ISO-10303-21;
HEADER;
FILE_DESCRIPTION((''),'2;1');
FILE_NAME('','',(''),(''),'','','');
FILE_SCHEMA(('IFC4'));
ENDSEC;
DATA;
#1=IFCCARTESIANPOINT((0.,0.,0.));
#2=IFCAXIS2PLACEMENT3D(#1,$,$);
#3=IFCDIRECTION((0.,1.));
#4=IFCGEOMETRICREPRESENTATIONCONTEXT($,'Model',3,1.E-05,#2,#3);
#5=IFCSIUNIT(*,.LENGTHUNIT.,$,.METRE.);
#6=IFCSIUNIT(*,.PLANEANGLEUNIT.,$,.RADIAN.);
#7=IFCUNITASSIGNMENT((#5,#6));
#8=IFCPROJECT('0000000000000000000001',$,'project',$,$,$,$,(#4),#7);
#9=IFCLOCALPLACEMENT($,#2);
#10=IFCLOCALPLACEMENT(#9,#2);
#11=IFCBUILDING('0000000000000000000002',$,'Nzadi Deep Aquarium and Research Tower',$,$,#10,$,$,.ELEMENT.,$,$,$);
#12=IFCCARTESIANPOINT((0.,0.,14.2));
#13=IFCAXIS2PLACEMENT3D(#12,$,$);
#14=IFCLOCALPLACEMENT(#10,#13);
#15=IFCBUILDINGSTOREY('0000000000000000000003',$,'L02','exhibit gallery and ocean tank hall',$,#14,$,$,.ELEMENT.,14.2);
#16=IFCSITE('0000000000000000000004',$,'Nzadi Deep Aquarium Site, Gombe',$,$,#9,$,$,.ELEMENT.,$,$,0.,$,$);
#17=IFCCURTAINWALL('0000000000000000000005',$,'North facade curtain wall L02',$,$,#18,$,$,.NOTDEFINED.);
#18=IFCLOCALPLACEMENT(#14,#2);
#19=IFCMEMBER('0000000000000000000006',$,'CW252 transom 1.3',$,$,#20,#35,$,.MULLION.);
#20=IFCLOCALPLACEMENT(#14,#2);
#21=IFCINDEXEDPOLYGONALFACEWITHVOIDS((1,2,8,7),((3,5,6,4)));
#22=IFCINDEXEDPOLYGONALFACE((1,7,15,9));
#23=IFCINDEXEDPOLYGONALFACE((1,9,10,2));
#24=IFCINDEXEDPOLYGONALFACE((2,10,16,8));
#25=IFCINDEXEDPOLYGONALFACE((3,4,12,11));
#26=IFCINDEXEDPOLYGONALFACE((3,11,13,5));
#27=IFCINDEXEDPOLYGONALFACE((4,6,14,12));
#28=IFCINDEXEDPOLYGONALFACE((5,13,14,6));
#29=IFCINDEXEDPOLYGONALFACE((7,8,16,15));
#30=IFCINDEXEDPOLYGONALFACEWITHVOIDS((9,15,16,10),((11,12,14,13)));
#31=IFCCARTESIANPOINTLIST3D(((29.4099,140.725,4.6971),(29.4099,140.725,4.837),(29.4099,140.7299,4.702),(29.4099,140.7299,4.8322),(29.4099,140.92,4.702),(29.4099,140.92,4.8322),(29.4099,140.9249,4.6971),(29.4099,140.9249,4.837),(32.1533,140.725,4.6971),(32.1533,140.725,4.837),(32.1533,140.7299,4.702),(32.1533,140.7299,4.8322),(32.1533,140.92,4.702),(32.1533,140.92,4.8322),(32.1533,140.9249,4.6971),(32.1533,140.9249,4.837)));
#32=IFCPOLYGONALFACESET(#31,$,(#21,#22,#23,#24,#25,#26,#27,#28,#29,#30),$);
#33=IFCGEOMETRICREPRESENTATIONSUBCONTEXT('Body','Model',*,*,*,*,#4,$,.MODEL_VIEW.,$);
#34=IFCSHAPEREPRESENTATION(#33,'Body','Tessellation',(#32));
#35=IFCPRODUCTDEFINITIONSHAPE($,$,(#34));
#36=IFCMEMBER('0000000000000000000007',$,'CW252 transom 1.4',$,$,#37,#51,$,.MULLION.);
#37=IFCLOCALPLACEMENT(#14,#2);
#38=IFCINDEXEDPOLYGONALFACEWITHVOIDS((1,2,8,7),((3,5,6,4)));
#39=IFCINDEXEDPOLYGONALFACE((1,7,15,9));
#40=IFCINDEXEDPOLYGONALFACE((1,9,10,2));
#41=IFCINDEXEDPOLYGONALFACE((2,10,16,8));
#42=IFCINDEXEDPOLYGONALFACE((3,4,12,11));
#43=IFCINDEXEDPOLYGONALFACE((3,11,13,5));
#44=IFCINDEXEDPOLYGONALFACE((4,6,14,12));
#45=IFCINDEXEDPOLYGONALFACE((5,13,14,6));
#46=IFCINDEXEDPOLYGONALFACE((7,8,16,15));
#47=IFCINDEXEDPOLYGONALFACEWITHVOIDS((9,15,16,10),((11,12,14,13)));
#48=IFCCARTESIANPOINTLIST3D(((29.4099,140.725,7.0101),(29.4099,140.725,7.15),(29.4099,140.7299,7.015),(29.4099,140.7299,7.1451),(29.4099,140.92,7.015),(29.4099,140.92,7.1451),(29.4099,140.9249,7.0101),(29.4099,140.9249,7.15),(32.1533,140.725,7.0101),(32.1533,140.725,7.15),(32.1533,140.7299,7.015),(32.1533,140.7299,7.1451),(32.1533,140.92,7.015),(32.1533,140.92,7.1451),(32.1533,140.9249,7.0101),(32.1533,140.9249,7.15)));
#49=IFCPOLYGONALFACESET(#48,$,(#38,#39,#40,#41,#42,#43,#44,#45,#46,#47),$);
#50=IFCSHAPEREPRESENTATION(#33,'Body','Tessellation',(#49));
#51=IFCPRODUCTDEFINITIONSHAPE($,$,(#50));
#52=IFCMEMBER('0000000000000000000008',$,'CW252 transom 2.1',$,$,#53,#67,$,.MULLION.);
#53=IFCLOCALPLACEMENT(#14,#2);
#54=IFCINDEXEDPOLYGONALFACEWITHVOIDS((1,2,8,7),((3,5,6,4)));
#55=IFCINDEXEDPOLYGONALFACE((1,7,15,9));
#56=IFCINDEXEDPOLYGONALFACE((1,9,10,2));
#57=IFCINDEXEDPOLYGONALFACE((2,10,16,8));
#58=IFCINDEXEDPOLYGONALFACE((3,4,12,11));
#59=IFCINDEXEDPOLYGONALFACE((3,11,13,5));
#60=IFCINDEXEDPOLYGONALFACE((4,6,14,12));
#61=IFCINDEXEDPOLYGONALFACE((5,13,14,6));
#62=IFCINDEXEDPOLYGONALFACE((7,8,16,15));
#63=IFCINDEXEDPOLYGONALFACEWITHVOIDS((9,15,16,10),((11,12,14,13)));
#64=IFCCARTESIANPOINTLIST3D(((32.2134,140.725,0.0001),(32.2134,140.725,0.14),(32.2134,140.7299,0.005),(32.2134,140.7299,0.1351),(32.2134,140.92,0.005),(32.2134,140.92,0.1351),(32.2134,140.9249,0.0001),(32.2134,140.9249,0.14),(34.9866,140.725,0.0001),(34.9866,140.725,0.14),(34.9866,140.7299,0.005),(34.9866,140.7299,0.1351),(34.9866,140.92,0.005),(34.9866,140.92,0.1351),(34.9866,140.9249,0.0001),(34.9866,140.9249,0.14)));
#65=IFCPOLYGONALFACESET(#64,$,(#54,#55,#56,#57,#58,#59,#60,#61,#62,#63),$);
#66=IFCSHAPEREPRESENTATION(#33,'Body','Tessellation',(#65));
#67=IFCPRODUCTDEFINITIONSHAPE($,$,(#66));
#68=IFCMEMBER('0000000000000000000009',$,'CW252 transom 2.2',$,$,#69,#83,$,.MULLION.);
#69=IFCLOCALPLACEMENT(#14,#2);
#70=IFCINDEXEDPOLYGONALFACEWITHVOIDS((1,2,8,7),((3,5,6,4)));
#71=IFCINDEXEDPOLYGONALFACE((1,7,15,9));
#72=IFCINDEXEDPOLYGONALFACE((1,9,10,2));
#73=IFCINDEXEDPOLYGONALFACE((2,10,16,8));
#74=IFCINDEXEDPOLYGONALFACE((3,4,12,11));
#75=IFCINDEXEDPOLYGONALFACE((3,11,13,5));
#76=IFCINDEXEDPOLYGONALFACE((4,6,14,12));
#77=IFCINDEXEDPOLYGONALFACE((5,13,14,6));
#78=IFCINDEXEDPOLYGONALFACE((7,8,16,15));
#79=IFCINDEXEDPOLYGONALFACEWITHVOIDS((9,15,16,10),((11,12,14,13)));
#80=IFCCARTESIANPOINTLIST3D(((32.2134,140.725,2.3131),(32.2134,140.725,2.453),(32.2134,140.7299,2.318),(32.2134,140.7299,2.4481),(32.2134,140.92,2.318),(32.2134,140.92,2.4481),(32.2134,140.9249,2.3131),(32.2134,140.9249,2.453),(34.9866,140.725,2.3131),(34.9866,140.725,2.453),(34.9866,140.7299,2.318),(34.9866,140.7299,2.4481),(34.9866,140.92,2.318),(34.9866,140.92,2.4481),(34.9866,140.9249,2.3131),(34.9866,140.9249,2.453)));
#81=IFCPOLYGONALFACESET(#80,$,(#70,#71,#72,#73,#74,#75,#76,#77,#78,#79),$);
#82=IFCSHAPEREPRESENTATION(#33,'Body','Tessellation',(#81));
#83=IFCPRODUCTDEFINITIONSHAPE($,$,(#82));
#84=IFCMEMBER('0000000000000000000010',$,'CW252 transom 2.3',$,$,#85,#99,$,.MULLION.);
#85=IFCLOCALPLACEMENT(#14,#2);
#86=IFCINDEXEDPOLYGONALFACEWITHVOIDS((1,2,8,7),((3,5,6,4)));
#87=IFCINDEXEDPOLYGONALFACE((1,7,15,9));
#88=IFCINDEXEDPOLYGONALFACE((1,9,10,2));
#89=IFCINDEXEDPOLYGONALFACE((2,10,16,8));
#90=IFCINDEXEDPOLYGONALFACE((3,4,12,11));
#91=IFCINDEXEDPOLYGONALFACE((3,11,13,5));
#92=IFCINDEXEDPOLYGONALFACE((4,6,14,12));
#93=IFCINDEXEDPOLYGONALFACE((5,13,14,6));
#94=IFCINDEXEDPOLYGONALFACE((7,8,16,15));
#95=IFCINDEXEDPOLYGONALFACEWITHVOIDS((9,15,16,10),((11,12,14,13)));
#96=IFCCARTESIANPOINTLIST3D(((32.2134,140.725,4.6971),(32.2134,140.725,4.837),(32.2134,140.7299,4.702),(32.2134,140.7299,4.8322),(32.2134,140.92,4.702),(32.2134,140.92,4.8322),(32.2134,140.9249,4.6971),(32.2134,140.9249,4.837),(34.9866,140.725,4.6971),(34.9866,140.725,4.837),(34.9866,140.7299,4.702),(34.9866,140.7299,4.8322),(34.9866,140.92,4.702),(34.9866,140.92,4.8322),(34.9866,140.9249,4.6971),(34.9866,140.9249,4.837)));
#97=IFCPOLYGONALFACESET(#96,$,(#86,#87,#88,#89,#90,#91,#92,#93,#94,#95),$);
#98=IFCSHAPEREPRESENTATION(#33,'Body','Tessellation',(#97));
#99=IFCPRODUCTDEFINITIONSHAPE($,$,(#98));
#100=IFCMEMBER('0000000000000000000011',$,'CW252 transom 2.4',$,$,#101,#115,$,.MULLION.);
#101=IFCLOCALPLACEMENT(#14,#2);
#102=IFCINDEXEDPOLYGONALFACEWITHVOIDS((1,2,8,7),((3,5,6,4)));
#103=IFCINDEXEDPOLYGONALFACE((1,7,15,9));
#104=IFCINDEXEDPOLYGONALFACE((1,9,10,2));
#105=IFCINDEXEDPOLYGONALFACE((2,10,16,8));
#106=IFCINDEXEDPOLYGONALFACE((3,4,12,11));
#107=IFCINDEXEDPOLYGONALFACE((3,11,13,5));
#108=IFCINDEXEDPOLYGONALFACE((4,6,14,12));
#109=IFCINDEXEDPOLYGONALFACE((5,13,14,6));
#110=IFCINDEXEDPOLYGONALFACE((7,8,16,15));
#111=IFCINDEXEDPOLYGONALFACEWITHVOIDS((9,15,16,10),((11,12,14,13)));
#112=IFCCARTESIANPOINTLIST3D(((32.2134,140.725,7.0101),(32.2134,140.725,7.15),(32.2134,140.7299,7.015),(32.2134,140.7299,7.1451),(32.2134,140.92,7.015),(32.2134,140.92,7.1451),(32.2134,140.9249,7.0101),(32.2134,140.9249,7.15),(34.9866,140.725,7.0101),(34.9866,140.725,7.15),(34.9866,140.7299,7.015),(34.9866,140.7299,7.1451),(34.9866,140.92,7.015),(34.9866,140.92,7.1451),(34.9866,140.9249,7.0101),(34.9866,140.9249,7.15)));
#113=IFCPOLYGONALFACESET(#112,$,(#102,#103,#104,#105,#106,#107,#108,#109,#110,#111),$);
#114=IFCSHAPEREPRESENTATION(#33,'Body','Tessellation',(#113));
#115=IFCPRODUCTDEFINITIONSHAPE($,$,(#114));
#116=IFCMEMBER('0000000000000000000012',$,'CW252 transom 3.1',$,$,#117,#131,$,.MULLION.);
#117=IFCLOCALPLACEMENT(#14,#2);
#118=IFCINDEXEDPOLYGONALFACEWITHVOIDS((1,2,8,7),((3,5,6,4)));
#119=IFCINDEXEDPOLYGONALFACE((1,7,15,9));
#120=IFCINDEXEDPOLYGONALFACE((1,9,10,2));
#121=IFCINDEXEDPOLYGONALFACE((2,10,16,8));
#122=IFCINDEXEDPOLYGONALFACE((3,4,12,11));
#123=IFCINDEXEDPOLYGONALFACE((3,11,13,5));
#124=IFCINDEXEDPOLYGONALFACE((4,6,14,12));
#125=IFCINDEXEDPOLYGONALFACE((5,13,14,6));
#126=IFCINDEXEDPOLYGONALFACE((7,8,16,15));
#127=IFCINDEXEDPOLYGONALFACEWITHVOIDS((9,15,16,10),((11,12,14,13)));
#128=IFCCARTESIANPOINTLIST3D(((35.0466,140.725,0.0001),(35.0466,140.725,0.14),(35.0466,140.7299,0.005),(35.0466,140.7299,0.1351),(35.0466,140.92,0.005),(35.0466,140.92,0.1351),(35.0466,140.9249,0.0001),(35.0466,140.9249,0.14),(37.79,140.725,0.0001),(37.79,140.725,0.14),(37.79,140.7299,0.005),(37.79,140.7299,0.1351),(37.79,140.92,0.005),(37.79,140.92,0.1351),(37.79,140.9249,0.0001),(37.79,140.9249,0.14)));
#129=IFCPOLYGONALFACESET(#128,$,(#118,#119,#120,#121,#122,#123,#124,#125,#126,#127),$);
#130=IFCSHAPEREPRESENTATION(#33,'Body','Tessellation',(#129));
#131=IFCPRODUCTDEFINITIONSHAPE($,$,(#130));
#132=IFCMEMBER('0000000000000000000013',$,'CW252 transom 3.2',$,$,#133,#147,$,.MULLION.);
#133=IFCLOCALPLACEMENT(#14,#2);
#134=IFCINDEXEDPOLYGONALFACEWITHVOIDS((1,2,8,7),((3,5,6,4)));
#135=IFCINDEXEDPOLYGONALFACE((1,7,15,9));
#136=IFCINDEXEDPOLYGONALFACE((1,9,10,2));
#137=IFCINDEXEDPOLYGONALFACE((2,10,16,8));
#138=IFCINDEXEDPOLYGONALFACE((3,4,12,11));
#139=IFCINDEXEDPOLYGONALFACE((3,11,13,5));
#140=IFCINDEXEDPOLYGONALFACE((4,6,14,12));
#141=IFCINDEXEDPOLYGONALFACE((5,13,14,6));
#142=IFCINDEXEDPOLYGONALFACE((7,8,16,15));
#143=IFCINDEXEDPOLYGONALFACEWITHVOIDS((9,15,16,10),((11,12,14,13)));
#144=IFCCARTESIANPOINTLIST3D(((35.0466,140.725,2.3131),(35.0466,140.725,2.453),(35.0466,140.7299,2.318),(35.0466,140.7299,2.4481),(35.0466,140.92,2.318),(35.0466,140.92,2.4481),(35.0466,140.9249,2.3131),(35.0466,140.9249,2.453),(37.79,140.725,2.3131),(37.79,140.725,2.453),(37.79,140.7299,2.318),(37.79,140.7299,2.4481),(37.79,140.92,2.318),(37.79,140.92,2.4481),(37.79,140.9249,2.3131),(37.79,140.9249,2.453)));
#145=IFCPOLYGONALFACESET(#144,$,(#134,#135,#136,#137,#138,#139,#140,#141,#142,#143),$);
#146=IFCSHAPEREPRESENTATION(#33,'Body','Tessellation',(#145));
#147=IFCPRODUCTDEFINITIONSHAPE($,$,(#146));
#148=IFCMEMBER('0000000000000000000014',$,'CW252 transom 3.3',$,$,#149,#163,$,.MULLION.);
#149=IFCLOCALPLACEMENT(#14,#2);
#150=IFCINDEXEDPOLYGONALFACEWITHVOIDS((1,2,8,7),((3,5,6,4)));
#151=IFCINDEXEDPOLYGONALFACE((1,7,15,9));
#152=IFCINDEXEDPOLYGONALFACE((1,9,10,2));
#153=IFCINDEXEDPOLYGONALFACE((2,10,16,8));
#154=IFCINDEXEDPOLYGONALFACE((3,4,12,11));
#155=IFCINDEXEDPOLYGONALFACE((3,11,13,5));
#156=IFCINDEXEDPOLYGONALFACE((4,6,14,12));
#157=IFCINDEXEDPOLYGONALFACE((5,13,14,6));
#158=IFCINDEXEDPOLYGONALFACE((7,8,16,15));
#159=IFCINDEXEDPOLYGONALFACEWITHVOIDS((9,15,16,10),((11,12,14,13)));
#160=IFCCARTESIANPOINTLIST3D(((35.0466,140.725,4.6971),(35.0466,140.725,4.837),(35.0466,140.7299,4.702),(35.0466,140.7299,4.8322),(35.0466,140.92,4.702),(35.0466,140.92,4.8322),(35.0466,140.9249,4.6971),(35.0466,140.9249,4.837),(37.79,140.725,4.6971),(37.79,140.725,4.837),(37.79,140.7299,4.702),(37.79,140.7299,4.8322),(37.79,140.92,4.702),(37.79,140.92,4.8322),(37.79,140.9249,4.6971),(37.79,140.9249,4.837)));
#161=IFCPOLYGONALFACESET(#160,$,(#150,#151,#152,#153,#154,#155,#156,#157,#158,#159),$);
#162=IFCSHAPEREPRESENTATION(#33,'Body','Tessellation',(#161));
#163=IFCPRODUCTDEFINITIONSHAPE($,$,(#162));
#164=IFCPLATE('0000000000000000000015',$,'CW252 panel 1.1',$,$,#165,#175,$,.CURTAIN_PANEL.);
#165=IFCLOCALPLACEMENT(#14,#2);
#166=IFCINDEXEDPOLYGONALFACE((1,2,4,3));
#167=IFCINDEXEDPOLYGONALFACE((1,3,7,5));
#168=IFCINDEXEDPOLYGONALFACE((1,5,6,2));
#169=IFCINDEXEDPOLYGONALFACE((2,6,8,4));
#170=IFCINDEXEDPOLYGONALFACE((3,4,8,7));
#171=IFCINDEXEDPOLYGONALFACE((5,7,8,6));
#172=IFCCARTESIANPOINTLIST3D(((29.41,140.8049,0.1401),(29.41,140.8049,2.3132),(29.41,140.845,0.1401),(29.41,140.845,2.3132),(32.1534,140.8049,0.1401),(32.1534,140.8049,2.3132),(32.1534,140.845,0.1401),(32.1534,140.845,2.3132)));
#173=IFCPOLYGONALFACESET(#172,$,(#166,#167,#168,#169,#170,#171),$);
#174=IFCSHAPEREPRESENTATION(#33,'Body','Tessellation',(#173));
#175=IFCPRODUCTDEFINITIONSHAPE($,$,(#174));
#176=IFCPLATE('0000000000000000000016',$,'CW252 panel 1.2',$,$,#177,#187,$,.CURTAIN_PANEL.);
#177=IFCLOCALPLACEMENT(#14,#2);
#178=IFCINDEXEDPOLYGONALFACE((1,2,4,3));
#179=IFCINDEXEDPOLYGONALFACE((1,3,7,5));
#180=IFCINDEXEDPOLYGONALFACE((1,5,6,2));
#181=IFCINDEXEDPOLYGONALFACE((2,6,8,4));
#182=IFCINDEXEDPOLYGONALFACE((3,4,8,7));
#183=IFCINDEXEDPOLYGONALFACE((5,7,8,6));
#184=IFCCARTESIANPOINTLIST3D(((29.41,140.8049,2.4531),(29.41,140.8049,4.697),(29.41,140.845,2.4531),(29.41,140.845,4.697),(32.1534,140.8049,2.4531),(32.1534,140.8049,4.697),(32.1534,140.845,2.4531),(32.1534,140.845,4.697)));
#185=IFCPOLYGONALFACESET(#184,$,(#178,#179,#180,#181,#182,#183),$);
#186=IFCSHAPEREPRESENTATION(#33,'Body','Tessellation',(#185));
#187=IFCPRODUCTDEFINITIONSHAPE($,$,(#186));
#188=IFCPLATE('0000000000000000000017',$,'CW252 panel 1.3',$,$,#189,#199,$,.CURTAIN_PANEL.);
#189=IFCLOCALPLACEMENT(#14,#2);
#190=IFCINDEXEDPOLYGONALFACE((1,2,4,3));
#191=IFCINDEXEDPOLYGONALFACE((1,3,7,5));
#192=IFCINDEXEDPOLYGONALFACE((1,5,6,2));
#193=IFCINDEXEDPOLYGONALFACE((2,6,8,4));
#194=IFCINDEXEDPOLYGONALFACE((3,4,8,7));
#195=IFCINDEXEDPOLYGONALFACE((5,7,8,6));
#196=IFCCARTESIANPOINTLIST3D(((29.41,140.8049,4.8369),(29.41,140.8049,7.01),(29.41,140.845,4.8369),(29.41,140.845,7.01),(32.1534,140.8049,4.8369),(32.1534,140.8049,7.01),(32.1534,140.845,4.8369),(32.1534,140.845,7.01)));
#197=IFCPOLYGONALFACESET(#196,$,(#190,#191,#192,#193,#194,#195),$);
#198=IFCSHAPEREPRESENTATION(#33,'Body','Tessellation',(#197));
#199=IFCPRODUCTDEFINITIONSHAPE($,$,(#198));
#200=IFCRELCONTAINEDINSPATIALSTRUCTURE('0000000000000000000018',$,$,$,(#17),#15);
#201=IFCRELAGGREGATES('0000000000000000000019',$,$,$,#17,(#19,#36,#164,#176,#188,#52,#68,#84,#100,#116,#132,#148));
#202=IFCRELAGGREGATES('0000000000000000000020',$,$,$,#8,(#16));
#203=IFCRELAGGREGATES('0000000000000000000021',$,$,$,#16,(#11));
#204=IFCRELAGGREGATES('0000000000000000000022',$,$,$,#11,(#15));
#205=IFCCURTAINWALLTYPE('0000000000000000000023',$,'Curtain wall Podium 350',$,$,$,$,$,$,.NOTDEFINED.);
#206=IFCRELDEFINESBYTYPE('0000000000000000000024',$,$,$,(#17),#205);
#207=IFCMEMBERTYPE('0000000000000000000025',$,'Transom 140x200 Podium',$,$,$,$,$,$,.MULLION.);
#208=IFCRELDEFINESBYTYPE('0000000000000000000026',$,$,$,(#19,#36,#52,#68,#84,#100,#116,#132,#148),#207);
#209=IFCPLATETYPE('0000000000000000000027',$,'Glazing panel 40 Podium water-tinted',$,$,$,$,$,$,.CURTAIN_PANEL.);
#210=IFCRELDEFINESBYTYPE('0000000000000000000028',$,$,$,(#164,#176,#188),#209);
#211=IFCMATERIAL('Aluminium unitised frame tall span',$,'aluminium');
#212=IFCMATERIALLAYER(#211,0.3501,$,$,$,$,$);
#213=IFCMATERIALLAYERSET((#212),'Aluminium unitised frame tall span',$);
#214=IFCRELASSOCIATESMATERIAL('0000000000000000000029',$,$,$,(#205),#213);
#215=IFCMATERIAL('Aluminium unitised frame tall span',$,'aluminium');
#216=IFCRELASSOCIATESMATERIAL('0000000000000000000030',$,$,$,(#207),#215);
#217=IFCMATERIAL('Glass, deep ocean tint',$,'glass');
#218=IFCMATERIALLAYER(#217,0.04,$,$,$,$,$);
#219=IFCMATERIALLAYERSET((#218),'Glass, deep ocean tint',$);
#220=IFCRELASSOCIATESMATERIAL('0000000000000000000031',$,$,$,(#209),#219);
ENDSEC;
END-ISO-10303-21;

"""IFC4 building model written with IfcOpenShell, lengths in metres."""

from ifc_helpers import new_model, si_unit, direction, frame, origin, origin_2d, place, context, subcontext, project, spatial, rectangle, hollow_rectangle, extrude, material, layer, layer_set, material_profile, profile_set, type_object, element, aggregate, save


model = new_model("IFC4")

# Units and contexts
model_context = context("Model", 3, precision=1e-05, world=origin(), true_north=direction((0.0, 1.0)))
body_context = subcontext(model_context, "Body", "Model", "MODEL_VIEW")
ifc_project = project(units=[si_unit("LENGTHUNIT", "METRE"), si_unit("PLANEANGLEUNIT", "RADIAN")], contexts=[model_context])

# Site, building, storey
site_placement = place(None, origin())
site = spatial("IfcSite", under=ifc_project, at=site_placement, Name="Nzadi Deep Aquarium Site, Gombe", CompositionType="ELEMENT", RefElevation=0.0)
building_placement = place(site_placement, origin())
building = spatial("IfcBuilding", under=site, at=building_placement, Name="Nzadi Deep Aquarium and Research Tower", CompositionType="ELEMENT")
storey_placement = place(building_placement, frame((0.0, 0.0, 14.2)))
storey = spatial("IfcBuildingStorey", under=building, at=storey_placement, Name="L02", Description="exhibit gallery and ocean tank hall", CompositionType="ELEMENT", Elevation=14.2)

# Curtain wall
ifc_material_1 = material(Name="Aluminium unitised frame tall span", Category="aluminium")
ifc_layer_1 = layer(ifc_material_1, 0.3501)
ifc_layer_set_1 = layer_set([ifc_layer_1], Name="Aluminium unitised frame tall span")
curtain_wall_type = type_object("IfcCurtainWallType", Name="Curtain wall Podium 350", PredefinedType="NOTDEFINED", material=ifc_layer_set_1)
curtain_wall_placement = place(storey_placement, origin())
curtain_wall = element("IfcCurtainWall", 1, at=curtain_wall_placement, inside=storey, type_object=curtain_wall_type, Name="North facade curtain wall L02", PredefinedType="NOTDEFINED")

# Members
ifc_material_2 = material(Name="Aluminium unitised frame tall span", Category="aluminium")
ifc_material_profile_1 = material_profile(ifc_material_2, hollow_rectangle(XDim=0.2, YDim=0.1399, WallThickness=0.0049, at=origin_2d()))
ifc_profile_set_1 = profile_set([ifc_material_profile_1], Name="Aluminium unitised frame tall span")
member_type_1 = type_object("IfcMemberType", Name="Transom 140x200 Podium", PredefinedType="MULLION", material=ifc_profile_set_1)
member_1_placement = place(storey_placement, frame((29.4099, 140.825, 4.7671), z_axis=(1.0, 0.0, 0.0), x_axis=(0.0, 1.0, 0.0)))
member_1 = element("IfcMember", 2, at=member_1_placement, type_object=member_type_1, Name="CW252 transom 1.3", PredefinedType="MULLION", context=body_context, shape_type="SweptSolid", body=[
    extrude(hollow_rectangle(XDim=0.2, YDim=0.1399, WallThickness=0.0049, at=origin_2d()), origin(), (0.0, 0.0, 1.0), 2.7434),
])
member_2_placement = place(storey_placement, frame((29.4099, 140.825, 7.0801), z_axis=(1.0, 0.0, 0.0), x_axis=(0.0, 1.0, 0.0)))
member_2 = element("IfcMember", 3, at=member_2_placement, type_object=member_type_1, Name="CW252 transom 1.4", PredefinedType="MULLION", context=body_context, shape_type="SweptSolid", body=[
    extrude(hollow_rectangle(XDim=0.2, YDim=0.1399, WallThickness=0.0049, at=origin_2d()), origin(), (0.0, 0.0, 1.0), 2.7434),
])
member_3_placement = place(storey_placement, frame((32.2134, 140.825, 0.0701), z_axis=(1.0, 0.0, 0.0), x_axis=(0.0, 1.0, 0.0)))
member_3 = element("IfcMember", 4, at=member_3_placement, type_object=member_type_1, Name="CW252 transom 2.1", PredefinedType="MULLION", context=body_context, shape_type="SweptSolid", body=[
    extrude(hollow_rectangle(XDim=0.2, YDim=0.1399, WallThickness=0.0049, at=origin_2d()), origin(), (0.0, 0.0, 1.0), 2.7732),
])
member_4_placement = place(storey_placement, frame((32.2134, 140.825, 2.3831), z_axis=(1.0, 0.0, 0.0), x_axis=(0.0, 1.0, 0.0)))
member_4 = element("IfcMember", 5, at=member_4_placement, type_object=member_type_1, Name="CW252 transom 2.2", PredefinedType="MULLION", context=body_context, shape_type="SweptSolid", body=[
    extrude(hollow_rectangle(XDim=0.2, YDim=0.1399, WallThickness=0.0049, at=origin_2d()), origin(), (0.0, 0.0, 1.0), 2.7732),
])
member_5_placement = place(storey_placement, frame((32.2134, 140.825, 4.7671), z_axis=(1.0, 0.0, 0.0), x_axis=(0.0, 1.0, 0.0)))
member_5 = element("IfcMember", 6, at=member_5_placement, type_object=member_type_1, Name="CW252 transom 2.3", PredefinedType="MULLION", context=body_context, shape_type="SweptSolid", body=[
    extrude(hollow_rectangle(XDim=0.2, YDim=0.1399, WallThickness=0.0049, at=origin_2d()), origin(), (0.0, 0.0, 1.0), 2.7732),
])
member_6_placement = place(storey_placement, frame((32.2134, 140.825, 7.0801), z_axis=(1.0, 0.0, 0.0), x_axis=(0.0, 1.0, 0.0)))
member_6 = element("IfcMember", 7, at=member_6_placement, type_object=member_type_1, Name="CW252 transom 2.4", PredefinedType="MULLION", context=body_context, shape_type="SweptSolid", body=[
    extrude(hollow_rectangle(XDim=0.2, YDim=0.1399, WallThickness=0.0049, at=origin_2d()), origin(), (0.0, 0.0, 1.0), 2.7732),
])
member_7_placement = place(storey_placement, frame((35.0466, 140.825, 0.0701), z_axis=(1.0, 0.0, 0.0), x_axis=(0.0, 1.0, 0.0)))
member_7 = element("IfcMember", 8, at=member_7_placement, type_object=member_type_1, Name="CW252 transom 3.1", PredefinedType="MULLION", context=body_context, shape_type="SweptSolid", body=[
    extrude(hollow_rectangle(XDim=0.2, YDim=0.1399, WallThickness=0.0049, at=origin_2d()), origin(), (0.0, 0.0, 1.0), 2.7434),
])
member_8_placement = place(storey_placement, frame((35.0466, 140.825, 2.3831), z_axis=(1.0, 0.0, 0.0), x_axis=(0.0, 1.0, 0.0)))
member_8 = element("IfcMember", 9, at=member_8_placement, type_object=member_type_1, Name="CW252 transom 3.2", PredefinedType="MULLION", context=body_context, shape_type="SweptSolid", body=[
    extrude(hollow_rectangle(XDim=0.2, YDim=0.1399, WallThickness=0.0049, at=origin_2d()), origin(), (0.0, 0.0, 1.0), 2.7434),
])
member_9_placement = place(storey_placement, frame((35.0466, 140.825, 4.7671), z_axis=(1.0, 0.0, 0.0), x_axis=(0.0, 1.0, 0.0)))
member_9 = element("IfcMember", 10, at=member_9_placement, type_object=member_type_1, Name="CW252 transom 3.3", PredefinedType="MULLION", context=body_context, shape_type="SweptSolid", body=[
    extrude(hollow_rectangle(XDim=0.2, YDim=0.1399, WallThickness=0.0049, at=origin_2d()), origin(), (0.0, 0.0, 1.0), 2.7434),
])

# Plates
ifc_material_3 = material(Name="Glass, deep ocean tint", Category="glass")
ifc_layer_2 = layer(ifc_material_3, 0.04)
ifc_layer_set_2 = layer_set([ifc_layer_2], Name="Glass, deep ocean tint")
plate_type = type_object("IfcPlateType", Name="Glazing panel 40 Podium water-tinted", PredefinedType="CURTAIN_PANEL", material=ifc_layer_set_2)
plate_1_placement = place(storey_placement, frame((30.7817, 140.825, 0.1401), z_axis=(0.0, 0.0, 1.0), x_axis=(1.0, 0.0, 0.0)))
plate_1 = element("IfcPlate", 11, at=plate_1_placement, type_object=plate_type, Name="CW252 panel 1.1", PredefinedType="CURTAIN_PANEL", context=body_context, shape_type="SweptSolid", body=[
    extrude(rectangle(XDim=2.7434, YDim=0.04, at=origin_2d()), origin(), (0.0, 0.0, 1.0), 2.1731),
])
plate_2_placement = place(storey_placement, frame((30.7817, 140.825, 2.4531), z_axis=(0.0, 0.0, 1.0), x_axis=(1.0, 0.0, 0.0)))
plate_2 = element("IfcPlate", 12, at=plate_2_placement, type_object=plate_type, Name="CW252 panel 1.2", PredefinedType="CURTAIN_PANEL", context=body_context, shape_type="SweptSolid", body=[
    extrude(rectangle(XDim=2.7434, YDim=0.04, at=origin_2d()), origin(), (0.0, 0.0, 1.0), 2.2439),
])
plate_3_placement = place(storey_placement, frame((30.7817, 140.825, 4.8369), z_axis=(0.0, 0.0, 1.0), x_axis=(1.0, 0.0, 0.0)))
plate_3 = element("IfcPlate", 13, at=plate_3_placement, type_object=plate_type, Name="CW252 panel 1.3", PredefinedType="CURTAIN_PANEL", context=body_context, shape_type="SweptSolid", body=[
    extrude(rectangle(XDim=2.7434, YDim=0.04, at=origin_2d()), origin(), (0.0, 0.0, 1.0), 2.1731),
])
aggregate(curtain_wall, [member_1, member_2, plate_1, plate_2, plate_3, member_3, member_4, member_5, member_6, member_7, member_8, member_9])

save(model, "model.ifc")
